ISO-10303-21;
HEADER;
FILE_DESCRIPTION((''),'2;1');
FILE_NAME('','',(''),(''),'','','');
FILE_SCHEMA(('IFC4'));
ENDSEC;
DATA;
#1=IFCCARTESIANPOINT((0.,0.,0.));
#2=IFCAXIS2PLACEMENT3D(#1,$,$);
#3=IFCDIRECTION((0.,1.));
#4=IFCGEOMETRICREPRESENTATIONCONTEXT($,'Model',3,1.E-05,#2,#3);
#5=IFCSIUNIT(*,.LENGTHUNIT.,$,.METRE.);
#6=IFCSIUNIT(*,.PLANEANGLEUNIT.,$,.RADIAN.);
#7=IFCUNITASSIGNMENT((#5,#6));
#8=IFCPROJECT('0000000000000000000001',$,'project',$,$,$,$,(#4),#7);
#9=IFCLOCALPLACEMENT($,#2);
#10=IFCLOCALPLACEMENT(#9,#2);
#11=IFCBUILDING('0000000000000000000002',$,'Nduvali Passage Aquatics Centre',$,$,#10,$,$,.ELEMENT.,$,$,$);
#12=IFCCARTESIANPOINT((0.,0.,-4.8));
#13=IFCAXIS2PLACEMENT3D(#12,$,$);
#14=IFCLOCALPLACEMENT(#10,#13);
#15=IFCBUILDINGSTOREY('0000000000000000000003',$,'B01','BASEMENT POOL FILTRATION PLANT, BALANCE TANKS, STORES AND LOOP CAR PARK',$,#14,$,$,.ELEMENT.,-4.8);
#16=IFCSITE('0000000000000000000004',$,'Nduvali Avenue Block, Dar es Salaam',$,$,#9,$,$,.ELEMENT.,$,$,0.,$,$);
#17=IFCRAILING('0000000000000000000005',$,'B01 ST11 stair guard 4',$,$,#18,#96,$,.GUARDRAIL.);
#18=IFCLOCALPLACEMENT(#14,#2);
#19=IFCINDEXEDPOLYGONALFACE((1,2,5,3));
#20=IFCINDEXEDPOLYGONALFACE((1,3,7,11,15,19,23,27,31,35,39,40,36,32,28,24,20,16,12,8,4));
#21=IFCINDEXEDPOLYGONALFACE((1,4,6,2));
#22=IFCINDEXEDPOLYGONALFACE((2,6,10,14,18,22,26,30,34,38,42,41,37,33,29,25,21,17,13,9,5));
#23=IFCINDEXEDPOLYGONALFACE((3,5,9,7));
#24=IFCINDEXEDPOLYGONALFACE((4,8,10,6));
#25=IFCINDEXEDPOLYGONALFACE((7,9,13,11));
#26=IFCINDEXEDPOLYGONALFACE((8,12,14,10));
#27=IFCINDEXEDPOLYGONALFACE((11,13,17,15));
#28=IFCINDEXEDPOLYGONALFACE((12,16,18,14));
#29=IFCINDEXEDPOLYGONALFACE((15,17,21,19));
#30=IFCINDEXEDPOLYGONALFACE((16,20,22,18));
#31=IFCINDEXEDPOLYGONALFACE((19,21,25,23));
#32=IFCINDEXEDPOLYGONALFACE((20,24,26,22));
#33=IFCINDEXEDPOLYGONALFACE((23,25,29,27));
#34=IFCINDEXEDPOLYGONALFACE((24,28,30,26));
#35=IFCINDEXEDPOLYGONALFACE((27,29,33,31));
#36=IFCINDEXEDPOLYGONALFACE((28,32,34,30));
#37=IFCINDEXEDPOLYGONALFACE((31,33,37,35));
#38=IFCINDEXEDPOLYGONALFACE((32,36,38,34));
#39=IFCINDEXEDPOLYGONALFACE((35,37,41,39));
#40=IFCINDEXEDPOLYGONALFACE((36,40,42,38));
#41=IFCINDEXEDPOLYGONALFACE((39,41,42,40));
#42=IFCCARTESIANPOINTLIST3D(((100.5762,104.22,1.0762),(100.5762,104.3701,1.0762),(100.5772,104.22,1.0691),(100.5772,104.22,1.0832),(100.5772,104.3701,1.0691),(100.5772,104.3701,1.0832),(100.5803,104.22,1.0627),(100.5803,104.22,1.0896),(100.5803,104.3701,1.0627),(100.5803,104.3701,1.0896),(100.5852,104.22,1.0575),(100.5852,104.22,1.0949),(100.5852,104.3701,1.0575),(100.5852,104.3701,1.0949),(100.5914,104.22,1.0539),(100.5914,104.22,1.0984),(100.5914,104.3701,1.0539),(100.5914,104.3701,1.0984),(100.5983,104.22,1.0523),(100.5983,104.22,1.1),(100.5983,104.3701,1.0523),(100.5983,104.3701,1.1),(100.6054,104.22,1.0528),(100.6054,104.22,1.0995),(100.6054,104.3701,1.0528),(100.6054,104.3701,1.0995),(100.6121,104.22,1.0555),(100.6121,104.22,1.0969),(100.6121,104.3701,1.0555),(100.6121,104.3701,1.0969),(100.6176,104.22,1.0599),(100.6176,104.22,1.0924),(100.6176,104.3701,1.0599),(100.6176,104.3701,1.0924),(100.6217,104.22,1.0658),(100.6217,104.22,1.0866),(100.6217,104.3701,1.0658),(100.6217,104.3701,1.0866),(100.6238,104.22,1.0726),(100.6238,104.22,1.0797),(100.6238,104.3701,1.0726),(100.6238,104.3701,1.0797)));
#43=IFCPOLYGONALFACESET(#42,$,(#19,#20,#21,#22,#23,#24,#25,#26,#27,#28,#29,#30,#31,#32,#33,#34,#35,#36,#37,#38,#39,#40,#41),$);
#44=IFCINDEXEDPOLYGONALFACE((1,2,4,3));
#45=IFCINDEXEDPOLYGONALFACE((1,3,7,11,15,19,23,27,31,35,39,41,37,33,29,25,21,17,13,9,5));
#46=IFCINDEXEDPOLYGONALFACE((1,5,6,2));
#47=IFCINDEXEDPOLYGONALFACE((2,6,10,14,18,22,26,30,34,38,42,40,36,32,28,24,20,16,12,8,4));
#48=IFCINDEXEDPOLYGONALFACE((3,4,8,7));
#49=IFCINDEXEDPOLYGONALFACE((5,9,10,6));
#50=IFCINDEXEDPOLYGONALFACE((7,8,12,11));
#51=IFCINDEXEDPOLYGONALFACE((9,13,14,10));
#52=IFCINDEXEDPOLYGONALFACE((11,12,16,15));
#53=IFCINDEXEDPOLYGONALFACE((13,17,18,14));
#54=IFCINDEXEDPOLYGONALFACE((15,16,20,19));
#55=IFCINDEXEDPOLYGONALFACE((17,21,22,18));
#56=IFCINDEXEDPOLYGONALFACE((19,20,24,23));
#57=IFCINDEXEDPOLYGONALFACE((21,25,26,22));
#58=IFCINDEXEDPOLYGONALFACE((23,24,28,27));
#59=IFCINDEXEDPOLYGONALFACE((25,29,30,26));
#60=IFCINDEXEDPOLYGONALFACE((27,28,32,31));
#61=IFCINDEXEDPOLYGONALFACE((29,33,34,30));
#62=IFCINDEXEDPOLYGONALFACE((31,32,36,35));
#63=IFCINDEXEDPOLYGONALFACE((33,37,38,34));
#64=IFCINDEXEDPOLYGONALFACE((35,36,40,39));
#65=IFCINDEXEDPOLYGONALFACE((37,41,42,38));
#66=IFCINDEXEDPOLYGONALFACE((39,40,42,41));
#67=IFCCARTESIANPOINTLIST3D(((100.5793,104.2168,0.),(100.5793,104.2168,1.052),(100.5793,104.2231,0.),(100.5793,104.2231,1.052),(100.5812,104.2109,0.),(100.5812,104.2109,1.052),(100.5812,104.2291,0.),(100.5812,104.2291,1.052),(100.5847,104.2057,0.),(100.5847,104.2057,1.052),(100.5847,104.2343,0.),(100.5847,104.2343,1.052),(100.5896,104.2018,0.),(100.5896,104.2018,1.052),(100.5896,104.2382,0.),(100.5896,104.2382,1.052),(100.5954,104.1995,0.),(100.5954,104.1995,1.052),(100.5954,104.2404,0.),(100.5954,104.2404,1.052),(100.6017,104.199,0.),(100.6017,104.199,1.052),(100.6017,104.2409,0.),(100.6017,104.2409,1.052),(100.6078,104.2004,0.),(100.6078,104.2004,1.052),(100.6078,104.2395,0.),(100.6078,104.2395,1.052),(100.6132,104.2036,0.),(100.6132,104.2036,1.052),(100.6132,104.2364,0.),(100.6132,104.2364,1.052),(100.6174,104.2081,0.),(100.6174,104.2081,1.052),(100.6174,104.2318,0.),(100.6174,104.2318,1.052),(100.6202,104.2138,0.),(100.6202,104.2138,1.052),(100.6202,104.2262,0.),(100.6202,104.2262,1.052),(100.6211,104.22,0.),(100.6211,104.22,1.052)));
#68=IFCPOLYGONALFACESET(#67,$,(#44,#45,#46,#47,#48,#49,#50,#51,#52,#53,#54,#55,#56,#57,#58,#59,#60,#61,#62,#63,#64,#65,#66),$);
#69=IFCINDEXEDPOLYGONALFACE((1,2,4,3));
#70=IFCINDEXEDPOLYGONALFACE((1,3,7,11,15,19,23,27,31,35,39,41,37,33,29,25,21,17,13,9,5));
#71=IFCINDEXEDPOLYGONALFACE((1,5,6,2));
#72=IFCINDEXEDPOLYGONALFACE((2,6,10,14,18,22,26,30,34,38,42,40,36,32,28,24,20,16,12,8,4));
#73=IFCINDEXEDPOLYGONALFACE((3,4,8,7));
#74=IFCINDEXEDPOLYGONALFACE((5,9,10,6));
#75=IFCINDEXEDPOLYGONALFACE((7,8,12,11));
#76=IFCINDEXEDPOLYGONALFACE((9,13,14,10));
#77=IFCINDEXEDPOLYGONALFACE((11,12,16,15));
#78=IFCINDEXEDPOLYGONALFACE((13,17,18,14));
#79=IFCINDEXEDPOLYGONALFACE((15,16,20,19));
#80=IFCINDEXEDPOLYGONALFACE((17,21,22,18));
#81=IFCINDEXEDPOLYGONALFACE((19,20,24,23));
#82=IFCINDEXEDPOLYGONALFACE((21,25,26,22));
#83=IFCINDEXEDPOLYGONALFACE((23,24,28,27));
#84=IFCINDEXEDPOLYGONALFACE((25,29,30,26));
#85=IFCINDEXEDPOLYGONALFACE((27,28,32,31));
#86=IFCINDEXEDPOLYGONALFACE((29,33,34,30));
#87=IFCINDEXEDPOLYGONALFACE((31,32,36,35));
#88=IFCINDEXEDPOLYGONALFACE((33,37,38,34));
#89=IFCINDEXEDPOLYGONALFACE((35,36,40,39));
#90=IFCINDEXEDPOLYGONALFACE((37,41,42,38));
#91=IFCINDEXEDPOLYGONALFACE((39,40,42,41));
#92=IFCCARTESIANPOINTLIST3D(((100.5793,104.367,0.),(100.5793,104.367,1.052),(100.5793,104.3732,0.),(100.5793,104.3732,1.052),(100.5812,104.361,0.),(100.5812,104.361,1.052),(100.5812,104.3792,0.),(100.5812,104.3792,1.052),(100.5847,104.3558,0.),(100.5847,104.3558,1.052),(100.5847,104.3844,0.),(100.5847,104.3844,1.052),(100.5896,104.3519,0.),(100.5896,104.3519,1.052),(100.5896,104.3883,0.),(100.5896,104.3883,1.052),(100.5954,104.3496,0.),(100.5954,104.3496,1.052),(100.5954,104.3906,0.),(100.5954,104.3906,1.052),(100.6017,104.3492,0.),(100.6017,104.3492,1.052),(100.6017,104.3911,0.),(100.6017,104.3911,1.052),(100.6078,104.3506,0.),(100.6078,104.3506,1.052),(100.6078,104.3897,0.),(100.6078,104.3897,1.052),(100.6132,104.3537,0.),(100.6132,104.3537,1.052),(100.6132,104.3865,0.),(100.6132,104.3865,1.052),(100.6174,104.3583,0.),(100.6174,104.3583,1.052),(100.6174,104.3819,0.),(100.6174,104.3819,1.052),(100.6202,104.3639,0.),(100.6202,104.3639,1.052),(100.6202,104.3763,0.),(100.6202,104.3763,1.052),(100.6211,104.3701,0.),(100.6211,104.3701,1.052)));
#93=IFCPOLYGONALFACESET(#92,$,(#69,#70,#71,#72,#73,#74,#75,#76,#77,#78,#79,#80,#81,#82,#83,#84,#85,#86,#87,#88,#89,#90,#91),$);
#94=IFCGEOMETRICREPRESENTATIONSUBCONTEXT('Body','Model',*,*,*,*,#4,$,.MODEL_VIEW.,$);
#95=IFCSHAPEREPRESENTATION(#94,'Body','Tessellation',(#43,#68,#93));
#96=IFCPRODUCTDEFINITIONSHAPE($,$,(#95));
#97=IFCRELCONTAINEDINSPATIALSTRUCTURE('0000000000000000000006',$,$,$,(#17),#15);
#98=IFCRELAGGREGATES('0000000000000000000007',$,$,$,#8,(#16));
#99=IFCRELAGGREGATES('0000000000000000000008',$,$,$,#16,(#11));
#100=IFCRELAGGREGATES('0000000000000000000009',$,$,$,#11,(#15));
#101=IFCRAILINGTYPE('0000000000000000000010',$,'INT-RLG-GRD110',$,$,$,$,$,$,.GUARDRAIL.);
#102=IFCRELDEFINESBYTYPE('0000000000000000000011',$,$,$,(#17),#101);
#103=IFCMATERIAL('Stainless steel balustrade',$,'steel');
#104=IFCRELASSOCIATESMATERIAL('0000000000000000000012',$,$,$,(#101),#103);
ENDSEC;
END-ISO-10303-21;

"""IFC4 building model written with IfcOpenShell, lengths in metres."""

from ifc_helpers import new_model, si_unit, direction, frame, origin, origin_2d, place, context, subcontext, project, spatial, circle, extrude, material, type_object, element, save


model = new_model("IFC4")

# Units and contexts
model_context = context("Model", 3, precision=1e-05, world=origin(), true_north=direction((0.0, 1.0)))
body_context = subcontext(model_context, "Body", "Model", "MODEL_VIEW")
ifc_project = project(units=[si_unit("LENGTHUNIT", "METRE"), si_unit("PLANEANGLEUNIT", "RADIAN")], contexts=[model_context])

# Site, building, storey
site_placement = place(None, origin())
site = spatial("IfcSite", under=ifc_project, at=site_placement, Name="Nduvali Avenue Block, Dar es Salaam", CompositionType="ELEMENT", RefElevation=0.0)
building_placement = place(site_placement, origin())
building = spatial("IfcBuilding", under=site, at=building_placement, Name="Nduvali Passage Aquatics Centre", CompositionType="ELEMENT")
storey_placement = place(building_placement, frame((0.0, 0.0, -4.8)))
storey = spatial("IfcBuildingStorey", under=building, at=storey_placement, Name="B01", Description="BASEMENT POOL FILTRATION PLANT, BALANCE TANKS, STORES AND LOOP CAR PARK", CompositionType="ELEMENT", Elevation=-4.8)

# Railing
ifc_material_1 = material(Name="Stainless steel balustrade", Category="steel")
railing_type_1 = type_object("IfcRailingType", Name="INT-RLG-GRD110", PredefinedType="GUARDRAIL", material=ifc_material_1)
railing_1_placement = place(storey_placement, frame((100.6001, 104.22, 0.0)))
element("IfcRailing", 1, at=railing_1_placement, inside=storey, type_object=railing_type_1, Name="B01 ST11 stair guard 4", PredefinedType="GUARDRAIL", context=body_context, shape_type="SweptSolid", body=[
    extrude(circle(Radius=0.0239, at=origin_2d()), frame((0.0, 0.0, 1.0762), z_axis=(0.0, 1.0, 0.0), x_axis=(-1.0, 0.0, 0.0)), (0.0, 0.0, 1.0), 0.1501),
    extrude(circle(Radius=0.021, at=origin_2d()), origin(), (0.0, 0.0, 1.0), 1.052),
    extrude(circle(Radius=0.021, at=origin_2d()), frame((0.0, 0.1501, 0.0)), (0.0, 0.0, 1.0), 1.052),
])

save(model, "model.ifc")
